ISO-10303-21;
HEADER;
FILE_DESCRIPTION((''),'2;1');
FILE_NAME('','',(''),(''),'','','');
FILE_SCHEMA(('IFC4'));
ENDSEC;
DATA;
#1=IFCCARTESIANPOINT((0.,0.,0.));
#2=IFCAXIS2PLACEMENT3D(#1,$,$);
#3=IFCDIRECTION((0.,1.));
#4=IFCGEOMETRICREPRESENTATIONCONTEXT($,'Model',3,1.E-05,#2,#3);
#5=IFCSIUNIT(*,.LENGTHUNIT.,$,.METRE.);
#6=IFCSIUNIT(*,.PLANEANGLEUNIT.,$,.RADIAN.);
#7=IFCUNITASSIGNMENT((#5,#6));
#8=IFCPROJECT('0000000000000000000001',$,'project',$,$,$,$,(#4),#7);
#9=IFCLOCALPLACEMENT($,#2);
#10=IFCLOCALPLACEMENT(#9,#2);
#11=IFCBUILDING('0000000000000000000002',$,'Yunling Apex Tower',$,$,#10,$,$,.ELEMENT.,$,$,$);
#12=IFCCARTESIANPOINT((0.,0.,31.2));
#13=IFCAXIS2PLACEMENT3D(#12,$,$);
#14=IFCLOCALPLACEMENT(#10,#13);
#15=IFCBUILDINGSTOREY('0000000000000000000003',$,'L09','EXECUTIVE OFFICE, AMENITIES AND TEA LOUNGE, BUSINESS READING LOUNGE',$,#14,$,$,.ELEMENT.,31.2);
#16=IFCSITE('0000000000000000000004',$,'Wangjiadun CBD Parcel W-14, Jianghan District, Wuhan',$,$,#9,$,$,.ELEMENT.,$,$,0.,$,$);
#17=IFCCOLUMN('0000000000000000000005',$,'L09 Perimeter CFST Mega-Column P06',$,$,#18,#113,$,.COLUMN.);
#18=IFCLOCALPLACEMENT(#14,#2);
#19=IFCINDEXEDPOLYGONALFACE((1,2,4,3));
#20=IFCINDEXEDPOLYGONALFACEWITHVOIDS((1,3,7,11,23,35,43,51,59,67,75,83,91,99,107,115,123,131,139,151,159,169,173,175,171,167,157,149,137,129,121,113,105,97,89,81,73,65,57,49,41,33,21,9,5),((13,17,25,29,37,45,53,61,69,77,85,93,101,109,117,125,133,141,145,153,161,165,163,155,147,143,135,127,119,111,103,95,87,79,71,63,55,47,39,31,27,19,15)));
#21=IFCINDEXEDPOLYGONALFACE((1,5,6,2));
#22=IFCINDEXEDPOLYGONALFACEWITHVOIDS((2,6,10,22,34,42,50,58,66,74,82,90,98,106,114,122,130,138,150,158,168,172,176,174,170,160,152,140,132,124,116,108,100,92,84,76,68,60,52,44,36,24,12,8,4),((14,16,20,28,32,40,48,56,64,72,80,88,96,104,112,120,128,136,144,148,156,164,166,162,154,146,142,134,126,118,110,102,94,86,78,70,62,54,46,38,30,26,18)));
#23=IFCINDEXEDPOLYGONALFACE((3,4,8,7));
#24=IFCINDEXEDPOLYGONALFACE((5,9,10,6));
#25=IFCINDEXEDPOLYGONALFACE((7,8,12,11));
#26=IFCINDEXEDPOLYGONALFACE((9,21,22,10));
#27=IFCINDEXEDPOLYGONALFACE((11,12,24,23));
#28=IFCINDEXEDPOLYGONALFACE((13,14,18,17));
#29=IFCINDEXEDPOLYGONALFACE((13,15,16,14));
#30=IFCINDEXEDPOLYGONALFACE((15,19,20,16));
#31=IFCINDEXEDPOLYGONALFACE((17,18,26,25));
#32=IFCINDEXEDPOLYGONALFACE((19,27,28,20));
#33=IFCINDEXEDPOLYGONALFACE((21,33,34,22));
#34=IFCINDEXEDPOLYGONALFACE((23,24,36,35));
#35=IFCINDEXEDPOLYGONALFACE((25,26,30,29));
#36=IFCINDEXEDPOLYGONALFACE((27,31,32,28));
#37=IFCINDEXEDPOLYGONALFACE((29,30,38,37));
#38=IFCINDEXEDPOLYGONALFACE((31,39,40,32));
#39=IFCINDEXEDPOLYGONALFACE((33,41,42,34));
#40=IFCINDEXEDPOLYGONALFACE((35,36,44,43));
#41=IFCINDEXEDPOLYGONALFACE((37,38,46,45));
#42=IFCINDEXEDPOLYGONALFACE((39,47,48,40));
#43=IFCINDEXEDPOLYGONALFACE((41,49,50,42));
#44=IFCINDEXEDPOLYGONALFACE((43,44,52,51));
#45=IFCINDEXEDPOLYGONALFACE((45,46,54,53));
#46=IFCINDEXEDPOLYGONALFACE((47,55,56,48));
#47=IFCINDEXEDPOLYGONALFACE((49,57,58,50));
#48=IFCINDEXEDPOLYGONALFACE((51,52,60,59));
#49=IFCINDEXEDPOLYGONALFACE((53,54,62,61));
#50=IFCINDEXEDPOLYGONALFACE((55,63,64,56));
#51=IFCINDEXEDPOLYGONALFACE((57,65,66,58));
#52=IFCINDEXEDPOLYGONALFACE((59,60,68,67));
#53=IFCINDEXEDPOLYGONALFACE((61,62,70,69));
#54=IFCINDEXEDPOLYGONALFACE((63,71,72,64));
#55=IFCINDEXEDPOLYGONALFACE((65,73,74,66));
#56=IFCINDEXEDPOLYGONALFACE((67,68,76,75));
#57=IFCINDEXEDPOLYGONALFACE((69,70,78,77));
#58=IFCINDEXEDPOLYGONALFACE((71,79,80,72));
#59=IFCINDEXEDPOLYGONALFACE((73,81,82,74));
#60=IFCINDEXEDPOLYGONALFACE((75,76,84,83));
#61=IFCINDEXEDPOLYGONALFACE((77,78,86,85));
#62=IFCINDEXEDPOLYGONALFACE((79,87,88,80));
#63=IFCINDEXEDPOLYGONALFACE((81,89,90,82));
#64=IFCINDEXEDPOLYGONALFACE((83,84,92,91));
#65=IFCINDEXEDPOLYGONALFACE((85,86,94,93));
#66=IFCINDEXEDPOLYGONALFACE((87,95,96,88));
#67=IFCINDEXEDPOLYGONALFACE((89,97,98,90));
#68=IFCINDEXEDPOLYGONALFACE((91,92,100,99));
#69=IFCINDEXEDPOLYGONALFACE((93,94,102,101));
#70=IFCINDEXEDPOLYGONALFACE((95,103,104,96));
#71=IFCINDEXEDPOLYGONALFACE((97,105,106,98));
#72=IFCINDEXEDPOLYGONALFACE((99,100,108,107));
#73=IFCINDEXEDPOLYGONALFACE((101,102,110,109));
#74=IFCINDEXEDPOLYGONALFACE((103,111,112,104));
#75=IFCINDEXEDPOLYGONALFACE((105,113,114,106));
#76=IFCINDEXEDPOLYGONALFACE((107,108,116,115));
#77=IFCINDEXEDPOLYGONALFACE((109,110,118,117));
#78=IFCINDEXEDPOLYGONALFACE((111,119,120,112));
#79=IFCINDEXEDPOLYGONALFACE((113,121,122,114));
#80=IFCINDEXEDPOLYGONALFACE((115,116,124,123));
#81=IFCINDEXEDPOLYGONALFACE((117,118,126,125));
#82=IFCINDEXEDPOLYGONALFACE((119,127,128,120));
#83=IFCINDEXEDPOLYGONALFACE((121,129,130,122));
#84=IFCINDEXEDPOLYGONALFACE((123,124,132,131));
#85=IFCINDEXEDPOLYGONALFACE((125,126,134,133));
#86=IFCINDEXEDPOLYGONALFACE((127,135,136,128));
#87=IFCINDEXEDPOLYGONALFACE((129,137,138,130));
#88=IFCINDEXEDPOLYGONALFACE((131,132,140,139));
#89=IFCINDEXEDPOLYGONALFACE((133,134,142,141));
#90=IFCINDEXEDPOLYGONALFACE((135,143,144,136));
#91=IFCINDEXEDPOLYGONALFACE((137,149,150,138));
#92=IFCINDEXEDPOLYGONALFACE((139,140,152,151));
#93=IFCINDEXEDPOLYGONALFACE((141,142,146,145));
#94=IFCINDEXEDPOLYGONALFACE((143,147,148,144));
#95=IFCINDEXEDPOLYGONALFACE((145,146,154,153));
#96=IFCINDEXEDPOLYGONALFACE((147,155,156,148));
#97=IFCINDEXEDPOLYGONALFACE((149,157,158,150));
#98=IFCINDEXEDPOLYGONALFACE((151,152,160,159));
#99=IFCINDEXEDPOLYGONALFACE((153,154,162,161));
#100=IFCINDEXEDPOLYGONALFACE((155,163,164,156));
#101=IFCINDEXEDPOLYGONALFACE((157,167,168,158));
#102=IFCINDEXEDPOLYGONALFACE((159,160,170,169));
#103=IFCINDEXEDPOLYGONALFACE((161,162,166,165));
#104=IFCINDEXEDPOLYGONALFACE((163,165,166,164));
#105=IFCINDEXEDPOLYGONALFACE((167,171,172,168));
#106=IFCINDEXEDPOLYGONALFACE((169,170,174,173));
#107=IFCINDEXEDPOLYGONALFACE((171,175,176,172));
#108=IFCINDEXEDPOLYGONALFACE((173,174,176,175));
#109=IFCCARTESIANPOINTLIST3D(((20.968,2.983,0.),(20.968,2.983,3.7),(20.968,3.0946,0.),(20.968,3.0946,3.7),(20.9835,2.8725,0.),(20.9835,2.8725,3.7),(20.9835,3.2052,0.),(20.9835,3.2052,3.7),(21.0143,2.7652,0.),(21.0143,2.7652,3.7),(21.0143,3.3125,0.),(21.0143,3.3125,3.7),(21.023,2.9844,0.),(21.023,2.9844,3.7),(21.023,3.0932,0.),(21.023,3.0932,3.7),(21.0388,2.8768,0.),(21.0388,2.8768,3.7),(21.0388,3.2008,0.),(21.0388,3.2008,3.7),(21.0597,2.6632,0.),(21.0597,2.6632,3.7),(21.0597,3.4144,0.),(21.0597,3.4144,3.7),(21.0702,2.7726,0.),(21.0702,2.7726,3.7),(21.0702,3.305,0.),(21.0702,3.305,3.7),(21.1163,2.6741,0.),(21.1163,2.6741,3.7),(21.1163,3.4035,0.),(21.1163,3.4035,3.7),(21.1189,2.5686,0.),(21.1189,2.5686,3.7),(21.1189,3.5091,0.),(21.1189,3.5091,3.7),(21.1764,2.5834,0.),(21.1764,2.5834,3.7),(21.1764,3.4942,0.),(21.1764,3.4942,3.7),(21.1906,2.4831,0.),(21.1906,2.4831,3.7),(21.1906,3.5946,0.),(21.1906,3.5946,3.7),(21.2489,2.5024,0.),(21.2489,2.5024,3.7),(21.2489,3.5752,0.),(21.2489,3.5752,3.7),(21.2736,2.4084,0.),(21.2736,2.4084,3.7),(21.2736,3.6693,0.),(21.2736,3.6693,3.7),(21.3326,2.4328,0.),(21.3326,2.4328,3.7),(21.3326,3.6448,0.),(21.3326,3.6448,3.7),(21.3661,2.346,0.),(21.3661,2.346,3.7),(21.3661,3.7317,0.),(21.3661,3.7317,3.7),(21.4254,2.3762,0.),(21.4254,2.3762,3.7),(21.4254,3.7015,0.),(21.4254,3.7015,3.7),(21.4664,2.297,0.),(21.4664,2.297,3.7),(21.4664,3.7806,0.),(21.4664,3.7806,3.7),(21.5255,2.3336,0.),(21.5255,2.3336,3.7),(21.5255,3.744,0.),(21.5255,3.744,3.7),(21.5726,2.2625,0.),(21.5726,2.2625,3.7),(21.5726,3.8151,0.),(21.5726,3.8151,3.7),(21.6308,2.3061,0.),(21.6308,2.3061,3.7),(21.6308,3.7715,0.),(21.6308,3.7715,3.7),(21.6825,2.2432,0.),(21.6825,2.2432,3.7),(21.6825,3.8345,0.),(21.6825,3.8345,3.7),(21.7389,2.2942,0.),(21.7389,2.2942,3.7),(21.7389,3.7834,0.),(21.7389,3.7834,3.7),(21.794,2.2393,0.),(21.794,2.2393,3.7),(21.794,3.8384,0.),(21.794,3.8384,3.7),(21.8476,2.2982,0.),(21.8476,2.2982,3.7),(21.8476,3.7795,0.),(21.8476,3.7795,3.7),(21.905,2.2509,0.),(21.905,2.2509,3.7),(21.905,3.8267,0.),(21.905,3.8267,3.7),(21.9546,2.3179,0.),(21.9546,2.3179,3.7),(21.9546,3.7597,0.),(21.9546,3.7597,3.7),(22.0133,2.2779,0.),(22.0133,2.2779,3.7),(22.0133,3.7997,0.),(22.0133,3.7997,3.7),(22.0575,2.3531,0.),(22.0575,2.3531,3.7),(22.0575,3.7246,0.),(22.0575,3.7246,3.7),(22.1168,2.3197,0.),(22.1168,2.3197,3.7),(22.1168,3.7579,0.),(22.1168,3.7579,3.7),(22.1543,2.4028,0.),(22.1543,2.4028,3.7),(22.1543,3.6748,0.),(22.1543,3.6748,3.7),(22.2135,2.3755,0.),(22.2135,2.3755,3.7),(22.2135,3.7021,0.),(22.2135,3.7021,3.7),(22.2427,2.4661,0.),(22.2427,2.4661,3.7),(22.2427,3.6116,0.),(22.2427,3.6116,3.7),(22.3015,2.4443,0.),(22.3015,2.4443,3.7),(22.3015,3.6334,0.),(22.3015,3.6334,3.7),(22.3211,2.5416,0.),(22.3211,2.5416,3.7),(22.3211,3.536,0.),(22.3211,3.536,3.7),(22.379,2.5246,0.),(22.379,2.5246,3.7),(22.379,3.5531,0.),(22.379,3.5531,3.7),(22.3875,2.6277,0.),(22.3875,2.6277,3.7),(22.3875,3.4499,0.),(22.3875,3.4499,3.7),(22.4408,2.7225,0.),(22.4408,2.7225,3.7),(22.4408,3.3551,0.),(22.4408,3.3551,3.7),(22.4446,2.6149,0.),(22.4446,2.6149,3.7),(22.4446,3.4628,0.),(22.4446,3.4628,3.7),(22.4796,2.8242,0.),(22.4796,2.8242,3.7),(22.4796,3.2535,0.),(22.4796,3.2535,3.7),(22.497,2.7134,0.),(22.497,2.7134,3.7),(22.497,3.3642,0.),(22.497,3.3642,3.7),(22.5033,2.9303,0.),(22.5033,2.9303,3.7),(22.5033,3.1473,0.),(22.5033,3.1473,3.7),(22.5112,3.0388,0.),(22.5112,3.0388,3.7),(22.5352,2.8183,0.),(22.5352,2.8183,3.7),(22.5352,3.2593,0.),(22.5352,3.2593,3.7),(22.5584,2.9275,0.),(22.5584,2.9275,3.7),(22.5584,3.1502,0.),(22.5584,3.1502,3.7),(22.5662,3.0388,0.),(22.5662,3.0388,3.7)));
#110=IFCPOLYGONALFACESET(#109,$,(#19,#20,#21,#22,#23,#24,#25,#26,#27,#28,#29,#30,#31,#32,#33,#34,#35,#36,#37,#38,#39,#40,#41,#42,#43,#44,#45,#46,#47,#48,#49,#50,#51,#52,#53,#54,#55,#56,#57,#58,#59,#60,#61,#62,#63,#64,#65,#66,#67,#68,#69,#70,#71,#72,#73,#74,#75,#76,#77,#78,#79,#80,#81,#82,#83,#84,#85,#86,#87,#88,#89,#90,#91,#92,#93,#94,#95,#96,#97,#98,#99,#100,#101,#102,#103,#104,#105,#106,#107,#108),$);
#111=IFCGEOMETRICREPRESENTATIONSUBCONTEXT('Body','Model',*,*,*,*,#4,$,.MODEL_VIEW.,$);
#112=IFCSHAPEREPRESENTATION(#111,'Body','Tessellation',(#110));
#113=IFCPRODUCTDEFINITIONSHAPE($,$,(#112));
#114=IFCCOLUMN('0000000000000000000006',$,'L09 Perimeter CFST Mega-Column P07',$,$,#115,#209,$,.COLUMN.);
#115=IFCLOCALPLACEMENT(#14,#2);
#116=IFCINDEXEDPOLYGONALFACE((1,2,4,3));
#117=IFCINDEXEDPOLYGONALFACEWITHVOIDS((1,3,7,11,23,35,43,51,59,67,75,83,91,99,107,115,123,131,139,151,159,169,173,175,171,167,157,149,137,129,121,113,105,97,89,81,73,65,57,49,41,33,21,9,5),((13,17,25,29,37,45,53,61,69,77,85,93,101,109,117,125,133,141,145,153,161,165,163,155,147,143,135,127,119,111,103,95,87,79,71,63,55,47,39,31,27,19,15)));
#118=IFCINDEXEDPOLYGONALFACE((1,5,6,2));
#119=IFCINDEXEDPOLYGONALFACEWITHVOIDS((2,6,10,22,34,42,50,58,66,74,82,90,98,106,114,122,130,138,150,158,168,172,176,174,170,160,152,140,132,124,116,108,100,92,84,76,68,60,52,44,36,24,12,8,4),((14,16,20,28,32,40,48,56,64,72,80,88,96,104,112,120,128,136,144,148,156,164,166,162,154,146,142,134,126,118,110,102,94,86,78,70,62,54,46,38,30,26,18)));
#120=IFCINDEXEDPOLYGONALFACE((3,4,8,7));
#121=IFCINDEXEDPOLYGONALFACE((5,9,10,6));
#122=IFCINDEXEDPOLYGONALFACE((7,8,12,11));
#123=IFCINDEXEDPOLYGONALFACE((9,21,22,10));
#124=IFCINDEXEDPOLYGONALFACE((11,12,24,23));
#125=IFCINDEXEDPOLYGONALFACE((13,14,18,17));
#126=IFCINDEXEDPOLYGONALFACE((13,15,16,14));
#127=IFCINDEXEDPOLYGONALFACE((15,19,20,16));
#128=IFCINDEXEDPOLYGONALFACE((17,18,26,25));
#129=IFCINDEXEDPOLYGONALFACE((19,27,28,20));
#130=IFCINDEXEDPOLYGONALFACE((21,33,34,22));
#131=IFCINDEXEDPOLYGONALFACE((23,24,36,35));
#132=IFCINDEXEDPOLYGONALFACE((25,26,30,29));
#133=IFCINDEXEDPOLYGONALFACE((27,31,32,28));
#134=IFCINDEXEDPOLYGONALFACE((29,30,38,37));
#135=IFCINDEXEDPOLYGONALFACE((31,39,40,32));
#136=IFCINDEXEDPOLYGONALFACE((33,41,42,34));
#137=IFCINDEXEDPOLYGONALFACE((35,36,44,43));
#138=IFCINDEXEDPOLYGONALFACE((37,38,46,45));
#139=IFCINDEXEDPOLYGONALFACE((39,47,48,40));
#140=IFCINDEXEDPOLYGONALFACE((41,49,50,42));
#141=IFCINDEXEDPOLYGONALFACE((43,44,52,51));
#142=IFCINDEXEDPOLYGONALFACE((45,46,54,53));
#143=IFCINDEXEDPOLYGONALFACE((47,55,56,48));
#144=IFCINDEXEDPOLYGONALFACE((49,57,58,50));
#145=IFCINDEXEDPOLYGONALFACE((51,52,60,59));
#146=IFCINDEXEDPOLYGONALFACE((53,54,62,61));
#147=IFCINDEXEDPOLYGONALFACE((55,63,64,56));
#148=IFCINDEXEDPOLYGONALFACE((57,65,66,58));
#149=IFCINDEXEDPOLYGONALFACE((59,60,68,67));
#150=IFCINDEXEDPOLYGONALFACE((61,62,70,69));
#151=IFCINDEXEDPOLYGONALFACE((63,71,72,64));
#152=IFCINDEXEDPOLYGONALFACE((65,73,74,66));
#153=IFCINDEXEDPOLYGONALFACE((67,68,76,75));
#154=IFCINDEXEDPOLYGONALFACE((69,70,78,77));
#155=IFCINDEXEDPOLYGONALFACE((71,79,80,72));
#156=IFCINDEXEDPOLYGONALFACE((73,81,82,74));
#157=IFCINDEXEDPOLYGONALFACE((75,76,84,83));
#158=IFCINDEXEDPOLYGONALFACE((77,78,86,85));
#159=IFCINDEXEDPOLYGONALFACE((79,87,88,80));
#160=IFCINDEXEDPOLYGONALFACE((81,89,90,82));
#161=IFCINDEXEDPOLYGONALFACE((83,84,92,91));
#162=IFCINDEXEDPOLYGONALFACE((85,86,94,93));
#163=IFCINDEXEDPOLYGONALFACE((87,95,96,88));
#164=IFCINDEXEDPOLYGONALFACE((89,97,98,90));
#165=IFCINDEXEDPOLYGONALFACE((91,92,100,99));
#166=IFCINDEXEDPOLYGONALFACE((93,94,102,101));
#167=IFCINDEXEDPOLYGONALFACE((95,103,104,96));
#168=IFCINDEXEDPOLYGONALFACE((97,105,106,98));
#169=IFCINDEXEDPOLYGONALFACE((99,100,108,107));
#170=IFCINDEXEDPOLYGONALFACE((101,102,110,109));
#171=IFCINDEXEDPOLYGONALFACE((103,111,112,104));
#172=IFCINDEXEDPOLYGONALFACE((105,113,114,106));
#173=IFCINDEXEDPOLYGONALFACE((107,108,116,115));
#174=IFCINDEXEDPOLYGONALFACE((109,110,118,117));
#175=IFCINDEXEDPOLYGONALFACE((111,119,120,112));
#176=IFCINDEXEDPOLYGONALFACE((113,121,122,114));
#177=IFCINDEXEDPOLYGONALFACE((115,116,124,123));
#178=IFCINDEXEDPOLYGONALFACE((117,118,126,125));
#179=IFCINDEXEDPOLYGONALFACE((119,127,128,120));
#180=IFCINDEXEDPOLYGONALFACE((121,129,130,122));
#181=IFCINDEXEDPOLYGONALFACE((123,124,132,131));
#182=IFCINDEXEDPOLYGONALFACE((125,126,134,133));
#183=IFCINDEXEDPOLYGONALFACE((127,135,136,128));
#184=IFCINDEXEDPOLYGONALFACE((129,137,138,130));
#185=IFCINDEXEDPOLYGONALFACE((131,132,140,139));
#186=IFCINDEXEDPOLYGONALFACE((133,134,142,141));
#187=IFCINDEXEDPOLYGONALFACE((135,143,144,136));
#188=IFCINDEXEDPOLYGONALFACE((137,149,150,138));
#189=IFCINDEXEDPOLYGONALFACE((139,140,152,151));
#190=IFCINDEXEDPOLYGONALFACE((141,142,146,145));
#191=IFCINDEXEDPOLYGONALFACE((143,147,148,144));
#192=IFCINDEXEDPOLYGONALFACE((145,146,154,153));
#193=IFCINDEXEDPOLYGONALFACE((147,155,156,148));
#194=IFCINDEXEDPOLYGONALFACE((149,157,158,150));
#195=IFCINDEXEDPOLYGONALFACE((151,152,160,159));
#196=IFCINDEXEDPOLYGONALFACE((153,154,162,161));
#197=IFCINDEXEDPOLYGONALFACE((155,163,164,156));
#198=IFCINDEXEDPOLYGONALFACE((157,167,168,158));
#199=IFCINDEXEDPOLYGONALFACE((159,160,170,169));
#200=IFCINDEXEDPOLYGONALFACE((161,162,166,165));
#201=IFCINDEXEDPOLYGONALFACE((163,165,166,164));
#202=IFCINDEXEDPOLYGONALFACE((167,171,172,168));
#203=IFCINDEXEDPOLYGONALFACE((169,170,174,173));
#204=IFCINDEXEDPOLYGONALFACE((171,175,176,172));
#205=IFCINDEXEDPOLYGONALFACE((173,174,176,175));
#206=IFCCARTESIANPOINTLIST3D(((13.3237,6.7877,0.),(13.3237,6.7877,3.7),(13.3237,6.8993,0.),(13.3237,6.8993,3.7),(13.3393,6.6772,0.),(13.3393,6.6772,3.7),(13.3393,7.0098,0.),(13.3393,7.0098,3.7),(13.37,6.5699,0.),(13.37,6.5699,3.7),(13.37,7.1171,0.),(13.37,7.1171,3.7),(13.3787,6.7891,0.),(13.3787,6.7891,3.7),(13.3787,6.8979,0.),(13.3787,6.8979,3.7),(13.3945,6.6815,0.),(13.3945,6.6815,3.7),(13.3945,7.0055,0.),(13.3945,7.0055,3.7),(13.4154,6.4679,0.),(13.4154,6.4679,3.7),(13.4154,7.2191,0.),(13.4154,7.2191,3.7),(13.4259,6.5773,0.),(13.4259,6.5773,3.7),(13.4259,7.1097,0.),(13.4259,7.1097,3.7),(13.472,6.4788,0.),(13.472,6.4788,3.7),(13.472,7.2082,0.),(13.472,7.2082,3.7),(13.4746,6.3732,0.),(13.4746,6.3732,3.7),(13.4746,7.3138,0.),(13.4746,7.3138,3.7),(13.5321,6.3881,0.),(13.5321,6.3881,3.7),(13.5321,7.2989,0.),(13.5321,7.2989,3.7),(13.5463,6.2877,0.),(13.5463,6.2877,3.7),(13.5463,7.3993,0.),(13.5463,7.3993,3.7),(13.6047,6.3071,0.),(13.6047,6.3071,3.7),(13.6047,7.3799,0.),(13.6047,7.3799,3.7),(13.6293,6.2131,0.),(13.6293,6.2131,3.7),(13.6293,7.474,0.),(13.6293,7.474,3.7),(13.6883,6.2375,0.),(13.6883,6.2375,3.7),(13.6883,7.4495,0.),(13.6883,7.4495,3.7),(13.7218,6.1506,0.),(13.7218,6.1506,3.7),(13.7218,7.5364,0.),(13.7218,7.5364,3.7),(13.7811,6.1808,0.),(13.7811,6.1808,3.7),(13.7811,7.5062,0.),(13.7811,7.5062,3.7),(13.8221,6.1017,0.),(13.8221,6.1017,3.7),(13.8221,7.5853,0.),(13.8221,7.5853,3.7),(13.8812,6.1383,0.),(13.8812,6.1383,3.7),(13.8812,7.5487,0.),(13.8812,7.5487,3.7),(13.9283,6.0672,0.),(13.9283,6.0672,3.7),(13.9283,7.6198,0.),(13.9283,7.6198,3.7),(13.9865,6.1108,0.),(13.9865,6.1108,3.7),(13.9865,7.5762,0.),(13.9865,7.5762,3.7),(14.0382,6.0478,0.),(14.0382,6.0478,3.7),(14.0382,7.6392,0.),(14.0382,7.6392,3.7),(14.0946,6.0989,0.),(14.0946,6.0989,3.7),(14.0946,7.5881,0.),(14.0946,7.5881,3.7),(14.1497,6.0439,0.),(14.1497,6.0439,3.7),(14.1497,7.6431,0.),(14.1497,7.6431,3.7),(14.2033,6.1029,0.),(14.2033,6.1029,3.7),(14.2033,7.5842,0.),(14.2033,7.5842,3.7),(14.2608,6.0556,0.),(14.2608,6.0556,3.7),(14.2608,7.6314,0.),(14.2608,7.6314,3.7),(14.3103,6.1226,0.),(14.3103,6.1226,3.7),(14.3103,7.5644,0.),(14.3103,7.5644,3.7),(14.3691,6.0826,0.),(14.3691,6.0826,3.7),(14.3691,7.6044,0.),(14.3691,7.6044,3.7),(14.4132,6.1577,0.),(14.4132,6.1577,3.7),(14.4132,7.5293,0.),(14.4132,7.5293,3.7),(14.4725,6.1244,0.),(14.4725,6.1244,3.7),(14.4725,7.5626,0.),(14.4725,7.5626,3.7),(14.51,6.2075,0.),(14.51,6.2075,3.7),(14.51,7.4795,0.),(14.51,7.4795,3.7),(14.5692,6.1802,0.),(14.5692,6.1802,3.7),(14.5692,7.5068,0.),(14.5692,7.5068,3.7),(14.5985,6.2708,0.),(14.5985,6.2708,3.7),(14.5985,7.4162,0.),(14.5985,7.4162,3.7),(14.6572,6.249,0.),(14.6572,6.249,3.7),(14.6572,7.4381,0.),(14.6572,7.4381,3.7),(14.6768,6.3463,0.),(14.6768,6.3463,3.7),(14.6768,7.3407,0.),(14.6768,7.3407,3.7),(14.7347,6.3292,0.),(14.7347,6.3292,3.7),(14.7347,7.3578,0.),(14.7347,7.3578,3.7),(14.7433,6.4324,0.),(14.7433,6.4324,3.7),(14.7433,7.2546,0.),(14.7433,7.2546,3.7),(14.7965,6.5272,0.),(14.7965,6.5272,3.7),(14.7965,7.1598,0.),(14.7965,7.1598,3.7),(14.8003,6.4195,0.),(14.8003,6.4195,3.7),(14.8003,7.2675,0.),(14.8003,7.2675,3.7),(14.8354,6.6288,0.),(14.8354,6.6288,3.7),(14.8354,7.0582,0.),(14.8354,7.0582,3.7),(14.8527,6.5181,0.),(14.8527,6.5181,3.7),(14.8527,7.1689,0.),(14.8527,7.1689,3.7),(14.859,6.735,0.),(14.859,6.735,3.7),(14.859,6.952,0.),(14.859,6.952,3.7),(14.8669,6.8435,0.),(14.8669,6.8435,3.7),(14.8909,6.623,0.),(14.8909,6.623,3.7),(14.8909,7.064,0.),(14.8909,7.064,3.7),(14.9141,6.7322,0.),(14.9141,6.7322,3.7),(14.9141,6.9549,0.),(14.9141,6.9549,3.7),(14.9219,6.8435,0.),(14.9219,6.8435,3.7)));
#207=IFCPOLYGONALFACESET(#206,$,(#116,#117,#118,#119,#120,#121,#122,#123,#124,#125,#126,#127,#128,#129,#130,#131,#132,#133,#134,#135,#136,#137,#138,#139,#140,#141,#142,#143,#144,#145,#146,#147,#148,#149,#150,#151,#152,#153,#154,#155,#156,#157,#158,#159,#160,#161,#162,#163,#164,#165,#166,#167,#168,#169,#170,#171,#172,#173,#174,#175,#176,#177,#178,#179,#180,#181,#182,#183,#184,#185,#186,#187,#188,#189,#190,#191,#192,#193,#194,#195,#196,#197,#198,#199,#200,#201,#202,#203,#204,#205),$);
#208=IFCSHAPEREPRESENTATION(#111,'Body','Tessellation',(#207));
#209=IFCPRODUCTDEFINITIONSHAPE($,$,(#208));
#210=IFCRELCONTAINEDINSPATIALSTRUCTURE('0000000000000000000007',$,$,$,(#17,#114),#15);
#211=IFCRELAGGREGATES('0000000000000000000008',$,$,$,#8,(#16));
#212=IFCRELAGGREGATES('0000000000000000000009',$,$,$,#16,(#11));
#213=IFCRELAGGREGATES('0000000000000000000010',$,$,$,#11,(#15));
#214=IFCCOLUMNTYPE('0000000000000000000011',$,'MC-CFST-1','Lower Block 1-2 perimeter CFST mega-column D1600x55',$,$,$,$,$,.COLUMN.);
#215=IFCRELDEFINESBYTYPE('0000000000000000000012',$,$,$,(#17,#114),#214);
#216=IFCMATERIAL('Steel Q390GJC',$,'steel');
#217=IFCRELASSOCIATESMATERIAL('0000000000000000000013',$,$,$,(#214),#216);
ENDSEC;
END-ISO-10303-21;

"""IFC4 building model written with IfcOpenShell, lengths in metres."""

from ifc_helpers import new_model, si_unit, direction, frame, origin, origin_2d, place, context, subcontext, project, spatial, hollow_circle, extrude, source, transform, mapped, material, material_profile, profile_set, type_object, element, save


model = new_model("IFC4")

# Units and contexts
model_context = context("Model", 3, precision=1e-05, world=origin(), true_north=direction((0.0, 1.0)))
body_context = subcontext(model_context, "Body", "Model", "MODEL_VIEW")
ifc_project = project(units=[si_unit("LENGTHUNIT", "METRE"), si_unit("PLANEANGLEUNIT", "RADIAN")], contexts=[model_context])

# Site, building, storey
site_placement = place(None, origin())
site = spatial("IfcSite", under=ifc_project, at=site_placement, Name="Wangjiadun CBD Parcel W-14, Jianghan District, Wuhan", CompositionType="ELEMENT", RefElevation=0.0)
building_placement = place(site_placement, origin())
building = spatial("IfcBuilding", under=site, at=building_placement, Name="Yunling Apex Tower", CompositionType="ELEMENT")
storey_placement = place(building_placement, frame((0.0, 0.0, 31.2)))
storey = spatial("IfcBuildingStorey", under=building, at=storey_placement, Name="L09", Description="EXECUTIVE OFFICE, AMENITIES AND TEA LOUNGE, BUSINESS READING LOUNGE", CompositionType="ELEMENT", Elevation=31.2)

# Columns
ifc_material_1 = material(Name="Steel Q390GJC", Category="steel")
ifc_material_profile_1 = material_profile(ifc_material_1, hollow_circle(Radius=0.8, WallThickness=0.0549, at=origin_2d()))
ifc_profile_set_1 = profile_set([ifc_material_profile_1], Name="Steel Q390GJC")
column_type = type_object("IfcColumnType", Name="MC-CFST-1", Description="Lower Block 1-2 perimeter CFST mega-column D1600x55", PredefinedType="COLUMN", material=ifc_profile_set_1)
shared_shape_1 = source(origin(), body_context, "Body", "SweptSolid", [
    extrude(hollow_circle(Radius=0.8, WallThickness=0.0549, at=origin_2d()), origin(), (0.0, 0.0, 1.0), 3.7),
])
for number, where, z_axis, x_axis, name in (
    (1, (21.7661, 3.0388, 0.0), (0.0, 0.0, 1.0), (1.0, 0.0, 0.0), "L09 Perimeter CFST Mega-Column P06"),
    (2, (14.1218, 6.8435, 0.0), (0.0, 0.0, 1.0), (1.0, 0.0, 0.0), "L09 Perimeter CFST Mega-Column P07"),
):
    element("IfcColumn", number, at=place(storey_placement, frame(where, z_axis=z_axis, x_axis=x_axis)), inside=storey, type_object=column_type, Name=name, PredefinedType="COLUMN", context=body_context, shape_type="MappedRepresentation", body=[
        mapped(shared_shape_1, transform((0.0, 0.0, 0.0), scale=1.0)),
    ])

save(model, "model.ifc")
